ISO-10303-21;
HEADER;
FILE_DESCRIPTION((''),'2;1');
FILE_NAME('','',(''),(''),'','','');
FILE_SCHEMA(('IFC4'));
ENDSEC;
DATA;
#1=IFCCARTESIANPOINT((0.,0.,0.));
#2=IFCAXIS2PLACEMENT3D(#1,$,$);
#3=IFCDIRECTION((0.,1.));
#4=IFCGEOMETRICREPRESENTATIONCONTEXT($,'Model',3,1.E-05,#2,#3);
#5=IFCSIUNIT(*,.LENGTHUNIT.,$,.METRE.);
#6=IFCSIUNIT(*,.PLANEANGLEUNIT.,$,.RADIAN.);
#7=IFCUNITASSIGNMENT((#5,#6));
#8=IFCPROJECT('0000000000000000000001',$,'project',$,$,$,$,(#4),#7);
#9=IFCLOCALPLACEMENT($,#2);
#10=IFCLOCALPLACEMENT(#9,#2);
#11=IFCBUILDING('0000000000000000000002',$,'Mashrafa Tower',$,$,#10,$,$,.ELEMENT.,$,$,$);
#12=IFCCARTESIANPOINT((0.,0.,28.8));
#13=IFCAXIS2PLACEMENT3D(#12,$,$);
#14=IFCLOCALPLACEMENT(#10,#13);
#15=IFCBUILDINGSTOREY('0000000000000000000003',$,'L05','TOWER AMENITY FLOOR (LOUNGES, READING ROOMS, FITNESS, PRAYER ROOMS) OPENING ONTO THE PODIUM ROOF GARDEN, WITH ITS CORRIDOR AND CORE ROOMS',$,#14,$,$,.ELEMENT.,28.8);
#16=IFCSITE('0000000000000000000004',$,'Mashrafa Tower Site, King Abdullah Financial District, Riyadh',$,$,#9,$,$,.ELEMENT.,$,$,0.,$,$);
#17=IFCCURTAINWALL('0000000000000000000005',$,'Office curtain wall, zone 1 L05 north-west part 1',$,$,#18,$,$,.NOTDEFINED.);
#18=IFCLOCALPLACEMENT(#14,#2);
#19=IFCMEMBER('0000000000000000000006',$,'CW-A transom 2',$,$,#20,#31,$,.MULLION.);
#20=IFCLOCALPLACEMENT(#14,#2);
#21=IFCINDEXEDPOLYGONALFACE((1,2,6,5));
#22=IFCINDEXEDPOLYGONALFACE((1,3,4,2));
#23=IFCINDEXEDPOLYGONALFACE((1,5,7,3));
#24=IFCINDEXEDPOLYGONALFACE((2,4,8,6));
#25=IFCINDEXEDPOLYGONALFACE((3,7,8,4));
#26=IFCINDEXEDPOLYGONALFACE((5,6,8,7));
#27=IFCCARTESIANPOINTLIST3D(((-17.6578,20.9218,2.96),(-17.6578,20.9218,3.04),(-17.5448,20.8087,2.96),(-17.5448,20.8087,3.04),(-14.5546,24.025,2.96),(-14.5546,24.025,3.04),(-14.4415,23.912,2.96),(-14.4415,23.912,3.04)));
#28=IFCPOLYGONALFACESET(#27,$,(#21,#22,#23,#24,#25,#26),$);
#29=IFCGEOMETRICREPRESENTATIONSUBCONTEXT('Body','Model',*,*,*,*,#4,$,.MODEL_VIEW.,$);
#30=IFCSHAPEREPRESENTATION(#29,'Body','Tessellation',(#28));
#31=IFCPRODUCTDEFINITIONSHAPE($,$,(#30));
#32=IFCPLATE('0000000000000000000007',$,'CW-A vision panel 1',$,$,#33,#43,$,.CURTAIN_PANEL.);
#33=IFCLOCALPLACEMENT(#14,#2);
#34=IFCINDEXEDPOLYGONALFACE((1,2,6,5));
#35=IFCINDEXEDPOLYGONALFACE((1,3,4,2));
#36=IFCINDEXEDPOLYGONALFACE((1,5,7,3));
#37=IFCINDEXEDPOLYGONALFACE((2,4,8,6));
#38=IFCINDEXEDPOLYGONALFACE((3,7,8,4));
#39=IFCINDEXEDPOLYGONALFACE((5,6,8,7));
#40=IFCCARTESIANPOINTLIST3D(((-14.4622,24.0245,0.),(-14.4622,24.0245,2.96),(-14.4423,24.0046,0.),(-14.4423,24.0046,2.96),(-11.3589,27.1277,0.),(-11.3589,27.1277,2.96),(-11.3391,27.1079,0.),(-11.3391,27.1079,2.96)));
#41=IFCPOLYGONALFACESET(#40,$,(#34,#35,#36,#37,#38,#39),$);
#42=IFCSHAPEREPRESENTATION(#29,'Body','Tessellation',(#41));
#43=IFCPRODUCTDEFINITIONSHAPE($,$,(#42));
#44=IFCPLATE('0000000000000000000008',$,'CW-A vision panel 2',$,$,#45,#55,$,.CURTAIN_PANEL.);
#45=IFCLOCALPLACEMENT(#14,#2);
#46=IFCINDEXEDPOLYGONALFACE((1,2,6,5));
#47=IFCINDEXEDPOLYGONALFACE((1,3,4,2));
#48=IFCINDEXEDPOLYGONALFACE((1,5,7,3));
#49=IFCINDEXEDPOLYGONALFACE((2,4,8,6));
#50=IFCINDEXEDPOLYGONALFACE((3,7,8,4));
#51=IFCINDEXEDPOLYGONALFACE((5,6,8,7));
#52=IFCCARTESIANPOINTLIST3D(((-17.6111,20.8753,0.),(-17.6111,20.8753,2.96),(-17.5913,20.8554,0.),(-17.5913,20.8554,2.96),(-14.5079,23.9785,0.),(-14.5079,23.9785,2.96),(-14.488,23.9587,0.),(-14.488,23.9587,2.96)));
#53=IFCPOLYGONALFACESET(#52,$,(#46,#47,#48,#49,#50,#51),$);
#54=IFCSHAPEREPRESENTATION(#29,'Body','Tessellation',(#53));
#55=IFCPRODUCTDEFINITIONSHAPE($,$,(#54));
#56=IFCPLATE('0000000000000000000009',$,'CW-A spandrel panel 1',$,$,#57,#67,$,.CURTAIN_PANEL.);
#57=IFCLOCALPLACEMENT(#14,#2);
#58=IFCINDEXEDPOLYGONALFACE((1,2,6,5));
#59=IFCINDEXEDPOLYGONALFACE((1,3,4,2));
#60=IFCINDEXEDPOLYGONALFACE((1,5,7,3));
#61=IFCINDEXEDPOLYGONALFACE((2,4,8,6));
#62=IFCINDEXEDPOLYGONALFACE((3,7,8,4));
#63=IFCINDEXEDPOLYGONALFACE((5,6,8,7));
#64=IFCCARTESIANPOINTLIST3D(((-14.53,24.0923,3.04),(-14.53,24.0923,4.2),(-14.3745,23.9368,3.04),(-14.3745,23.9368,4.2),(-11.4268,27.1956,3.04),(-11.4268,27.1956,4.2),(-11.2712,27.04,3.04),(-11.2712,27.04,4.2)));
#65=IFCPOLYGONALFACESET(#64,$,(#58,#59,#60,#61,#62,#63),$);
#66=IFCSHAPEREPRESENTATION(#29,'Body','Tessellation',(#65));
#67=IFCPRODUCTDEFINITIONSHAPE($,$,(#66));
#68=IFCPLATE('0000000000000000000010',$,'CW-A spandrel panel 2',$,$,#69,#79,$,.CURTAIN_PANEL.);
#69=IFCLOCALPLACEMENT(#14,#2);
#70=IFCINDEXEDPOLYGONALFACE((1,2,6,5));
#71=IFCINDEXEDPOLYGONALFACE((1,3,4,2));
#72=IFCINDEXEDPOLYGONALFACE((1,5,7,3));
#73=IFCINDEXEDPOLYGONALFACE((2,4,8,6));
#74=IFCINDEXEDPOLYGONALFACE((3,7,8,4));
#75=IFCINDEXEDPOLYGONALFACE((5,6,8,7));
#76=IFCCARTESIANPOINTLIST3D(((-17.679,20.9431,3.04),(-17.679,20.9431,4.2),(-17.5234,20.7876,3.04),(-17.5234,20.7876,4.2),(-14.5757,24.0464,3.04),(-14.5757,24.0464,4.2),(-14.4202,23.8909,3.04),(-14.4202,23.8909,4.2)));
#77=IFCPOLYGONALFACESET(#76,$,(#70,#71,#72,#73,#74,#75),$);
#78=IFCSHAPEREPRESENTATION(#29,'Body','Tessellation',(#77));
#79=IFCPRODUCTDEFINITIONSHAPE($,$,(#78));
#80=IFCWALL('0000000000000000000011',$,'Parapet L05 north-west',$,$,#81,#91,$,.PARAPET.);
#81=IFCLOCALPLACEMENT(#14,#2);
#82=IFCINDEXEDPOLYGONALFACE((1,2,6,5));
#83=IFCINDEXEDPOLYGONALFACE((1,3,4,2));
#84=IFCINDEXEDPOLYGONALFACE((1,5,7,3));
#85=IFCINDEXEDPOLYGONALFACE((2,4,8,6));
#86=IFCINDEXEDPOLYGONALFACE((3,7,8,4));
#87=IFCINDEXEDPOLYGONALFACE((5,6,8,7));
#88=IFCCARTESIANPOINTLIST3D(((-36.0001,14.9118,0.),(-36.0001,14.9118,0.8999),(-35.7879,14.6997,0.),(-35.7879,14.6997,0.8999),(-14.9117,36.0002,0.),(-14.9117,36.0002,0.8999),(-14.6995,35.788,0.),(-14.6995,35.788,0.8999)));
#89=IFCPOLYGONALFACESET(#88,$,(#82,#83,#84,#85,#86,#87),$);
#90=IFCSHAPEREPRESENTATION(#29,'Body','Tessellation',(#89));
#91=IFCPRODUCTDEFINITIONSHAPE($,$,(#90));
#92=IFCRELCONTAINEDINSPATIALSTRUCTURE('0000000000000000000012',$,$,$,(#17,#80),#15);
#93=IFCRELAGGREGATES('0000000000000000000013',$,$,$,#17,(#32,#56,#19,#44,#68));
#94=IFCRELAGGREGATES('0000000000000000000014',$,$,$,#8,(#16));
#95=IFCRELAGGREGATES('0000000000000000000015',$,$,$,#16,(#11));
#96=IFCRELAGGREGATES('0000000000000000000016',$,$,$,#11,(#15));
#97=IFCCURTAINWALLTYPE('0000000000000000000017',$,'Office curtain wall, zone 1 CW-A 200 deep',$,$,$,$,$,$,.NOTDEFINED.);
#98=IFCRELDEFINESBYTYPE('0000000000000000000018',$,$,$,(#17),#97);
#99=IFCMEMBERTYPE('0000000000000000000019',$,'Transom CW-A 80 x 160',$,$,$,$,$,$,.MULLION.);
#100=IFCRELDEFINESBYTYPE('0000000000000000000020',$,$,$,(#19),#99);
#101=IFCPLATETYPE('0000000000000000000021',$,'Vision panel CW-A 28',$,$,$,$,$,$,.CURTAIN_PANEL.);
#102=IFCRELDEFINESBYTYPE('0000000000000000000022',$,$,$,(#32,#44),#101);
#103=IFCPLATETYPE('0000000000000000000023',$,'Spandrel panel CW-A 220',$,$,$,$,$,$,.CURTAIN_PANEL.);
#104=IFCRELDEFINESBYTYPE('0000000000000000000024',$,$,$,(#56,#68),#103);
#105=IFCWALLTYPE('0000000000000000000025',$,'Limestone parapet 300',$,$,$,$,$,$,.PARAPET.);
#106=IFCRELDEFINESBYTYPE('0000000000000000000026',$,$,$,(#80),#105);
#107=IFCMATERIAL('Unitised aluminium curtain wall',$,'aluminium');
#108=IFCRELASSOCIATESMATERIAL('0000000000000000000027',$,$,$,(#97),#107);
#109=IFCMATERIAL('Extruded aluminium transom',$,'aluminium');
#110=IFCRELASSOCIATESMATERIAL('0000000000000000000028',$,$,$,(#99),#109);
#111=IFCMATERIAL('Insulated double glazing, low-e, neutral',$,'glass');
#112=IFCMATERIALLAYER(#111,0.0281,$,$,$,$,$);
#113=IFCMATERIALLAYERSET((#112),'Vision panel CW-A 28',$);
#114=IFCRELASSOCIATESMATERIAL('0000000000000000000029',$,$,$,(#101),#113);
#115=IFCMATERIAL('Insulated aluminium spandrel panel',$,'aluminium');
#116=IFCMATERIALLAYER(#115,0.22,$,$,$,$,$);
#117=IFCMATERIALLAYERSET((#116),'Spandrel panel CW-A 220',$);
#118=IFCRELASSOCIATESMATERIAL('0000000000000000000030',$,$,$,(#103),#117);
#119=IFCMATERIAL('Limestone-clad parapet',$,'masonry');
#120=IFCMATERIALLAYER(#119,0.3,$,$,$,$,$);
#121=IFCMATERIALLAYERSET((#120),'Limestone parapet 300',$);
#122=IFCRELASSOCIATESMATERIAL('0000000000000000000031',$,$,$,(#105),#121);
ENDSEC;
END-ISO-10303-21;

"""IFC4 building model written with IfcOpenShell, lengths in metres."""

from ifc_helpers import new_model, si_unit, direction, frame, frame_2d, origin, origin_2d, place, context, subcontext, project, spatial, rectangle, extrude, source, transform, mapped, material, layer, layer_set, material_profile, profile_set, type_object, type_shapes, element, aggregate, save


model = new_model("IFC4")

# Units and contexts
model_context = context("Model", 3, precision=1e-05, world=origin(), true_north=direction((0.0, 1.0)))
body_context = subcontext(model_context, "Body", "Model", "MODEL_VIEW")
ifc_project = project(units=[si_unit("LENGTHUNIT", "METRE"), si_unit("PLANEANGLEUNIT", "RADIAN")], contexts=[model_context])

# Site, building, storey
site_placement = place(None, origin())
site = spatial("IfcSite", under=ifc_project, at=site_placement, Name="Mashrafa Tower Site, King Abdullah Financial District, Riyadh", CompositionType="ELEMENT", RefElevation=0.0)
building_placement = place(site_placement, origin())
building = spatial("IfcBuilding", under=site, at=building_placement, Name="Mashrafa Tower", CompositionType="ELEMENT")
storey_placement = place(building_placement, frame((0.0, 0.0, 28.8)))
storey = spatial("IfcBuildingStorey", under=building, at=storey_placement, Name="L05", Description="TOWER AMENITY FLOOR (LOUNGES, READING ROOMS, FITNESS, PRAYER ROOMS) OPENING ONTO THE PODIUM ROOF GARDEN, WITH ITS CORRIDOR AND CORE ROOMS", CompositionType="ELEMENT", Elevation=28.8)

# Curtain wall, member, plates
ifc_material_1 = material(Name="Unitised aluminium curtain wall", Category="aluminium")
curtain_wall_type = type_object("IfcCurtainWallType", Name="Office curtain wall, zone 1 CW-A 200 deep", PredefinedType="NOTDEFINED", material=ifc_material_1)
curtain_wall_placement = place(storey_placement, origin())
curtain_wall = element("IfcCurtainWall", 1, at=curtain_wall_placement, inside=storey, type_object=curtain_wall_type, Name="Office curtain wall, zone 1 L05 north-west part 1", PredefinedType="NOTDEFINED")
ifc_material_2 = material(Name="Extruded aluminium transom", Category="aluminium")
ifc_material_profile_1 = material_profile(ifc_material_2, rectangle(XDim=0.1599, YDim=0.0801, at=origin_2d()), Name="Transom 80x160")
ifc_profile_set_1 = profile_set([ifc_material_profile_1], Name="Extruded aluminium transom")
member_type_1 = type_object("IfcMemberType", Name="Transom CW-A 80 x 160", PredefinedType="MULLION", material=ifc_profile_set_1)
shared_shape_1 = source(origin(), body_context, "Body", "SweptSolid", [
    extrude(rectangle(XDim=0.1599, YDim=0.0801, at=origin_2d()), origin(), (0.0, 0.0, 1.0), 4.3887),
])
type_shapes(member_type_1, [shared_shape_1])
member_1_placement = place(storey_placement, frame((-14.498, 23.9685, 3.0), z_axis=(-0.707107, -0.707107, 0.0), x_axis=(0.707107, -0.707107, 0.0)))
member_1 = element("IfcMember", 2, at=member_1_placement, type_object=member_type_1, Name="CW-A transom 2", PredefinedType="MULLION", context=body_context, shape_type="MappedRepresentation", body=[
    mapped(shared_shape_1, transform((0.0, 0.0, 0.0))),
])
ifc_material_3 = material(Name="Insulated double glazing, low-e, neutral", Category="glass")
ifc_layer_1 = layer(ifc_material_3, 0.0281)
ifc_layer_set_1 = layer_set([ifc_layer_1], Name="Vision panel CW-A 28")
plate_type_1 = type_object("IfcPlateType", Name="Vision panel CW-A 28", PredefinedType="CURTAIN_PANEL", material=ifc_layer_set_1)
shared_shape_2 = source(origin(), body_context, "Body", "SweptSolid", [
    extrude(rectangle(XDim=4.3887, YDim=0.0281, at=origin_2d()), origin(), (0.0, 0.0, 1.0), 2.96),
])
type_shapes(plate_type_1, [shared_shape_2])
plate_1_placement = place(storey_placement, frame((-12.9006, 25.5662, 0.0), z_axis=(0.0, 0.0, 1.0), x_axis=(-0.707107, -0.707107, 0.0)))
plate_1 = element("IfcPlate", 3, at=plate_1_placement, type_object=plate_type_1, Name="CW-A vision panel 1", PredefinedType="CURTAIN_PANEL", context=body_context, shape_type="MappedRepresentation", body=[
    mapped(shared_shape_2, transform((0.0, 0.0, 0.0))),
])
plate_2_placement = place(storey_placement, frame((-16.0496, 22.417, 0.0), z_axis=(0.0, 0.0, 1.0), x_axis=(-0.707107, -0.707107, 0.0)))
plate_2 = element("IfcPlate", 4, at=plate_2_placement, type_object=plate_type_1, Name="CW-A vision panel 2", PredefinedType="CURTAIN_PANEL", context=body_context, shape_type="MappedRepresentation", body=[
    mapped(shared_shape_2, transform((0.0, 0.0, 0.0))),
])
ifc_material_4 = material(Name="Insulated aluminium spandrel panel", Category="aluminium")
ifc_layer_2 = layer(ifc_material_4, 0.22)
ifc_layer_set_2 = layer_set([ifc_layer_2], Name="Spandrel panel CW-A 220")
plate_type_2 = type_object("IfcPlateType", Name="Spandrel panel CW-A 220", PredefinedType="CURTAIN_PANEL", material=ifc_layer_set_2)
shared_shape_3 = source(origin(), body_context, "Body", "SweptSolid", [
    extrude(rectangle(XDim=4.3887, YDim=0.22, at=origin_2d()), origin(), (0.0, 0.0, 1.0), 1.1599),
])
type_shapes(plate_type_2, [shared_shape_3])
plate_3_placement = place(storey_placement, frame((-12.9006, 25.5662, 3.04), z_axis=(0.0, 0.0, 1.0), x_axis=(-0.707107, -0.707107, 0.0)))
plate_3 = element("IfcPlate", 5, at=plate_3_placement, type_object=plate_type_2, Name="CW-A spandrel panel 1", PredefinedType="CURTAIN_PANEL", context=body_context, shape_type="MappedRepresentation", body=[
    mapped(shared_shape_3, transform((0.0, 0.0, 0.0))),
])
plate_4_placement = place(storey_placement, frame((-16.0496, 22.417, 3.04), z_axis=(0.0, 0.0, 1.0), x_axis=(-0.707107, -0.707107, 0.0)))
plate_4 = element("IfcPlate", 6, at=plate_4_placement, type_object=plate_type_2, Name="CW-A spandrel panel 2", PredefinedType="CURTAIN_PANEL", context=body_context, shape_type="MappedRepresentation", body=[
    mapped(shared_shape_3, transform((0.0, 0.0, 0.0))),
])
aggregate(curtain_wall, [plate_1, plate_3, member_1, plate_2, plate_4])

# Wall
ifc_material_5 = material(Name="Limestone-clad parapet", Category="masonry")
ifc_layer_3 = layer(ifc_material_5, 0.3)
ifc_layer_set_3 = layer_set([ifc_layer_3], Name="Limestone parapet 300")
wall_type_1 = type_object("IfcWallType", Name="Limestone parapet 300", PredefinedType="PARAPET", material=ifc_layer_set_3)
wall_1_placement = place(storey_placement, frame((-14.8057, 35.894, 0.0), z_axis=(0.0, 0.0, 1.0), x_axis=(-0.707107, -0.707107, 0.0)))
element("IfcWall", 7, at=wall_1_placement, inside=storey, type_object=wall_type_1, Name="Parapet L05 north-west", PredefinedType="PARAPET", context=body_context, shape_type="SweptSolid", body=[
    extrude(rectangle(XDim=29.8235, YDim=0.3, at=frame_2d((14.9116, 0.0))), origin(), (0.0, 0.0, 1.0), 0.8999),
])

save(model, "model.ifc")
